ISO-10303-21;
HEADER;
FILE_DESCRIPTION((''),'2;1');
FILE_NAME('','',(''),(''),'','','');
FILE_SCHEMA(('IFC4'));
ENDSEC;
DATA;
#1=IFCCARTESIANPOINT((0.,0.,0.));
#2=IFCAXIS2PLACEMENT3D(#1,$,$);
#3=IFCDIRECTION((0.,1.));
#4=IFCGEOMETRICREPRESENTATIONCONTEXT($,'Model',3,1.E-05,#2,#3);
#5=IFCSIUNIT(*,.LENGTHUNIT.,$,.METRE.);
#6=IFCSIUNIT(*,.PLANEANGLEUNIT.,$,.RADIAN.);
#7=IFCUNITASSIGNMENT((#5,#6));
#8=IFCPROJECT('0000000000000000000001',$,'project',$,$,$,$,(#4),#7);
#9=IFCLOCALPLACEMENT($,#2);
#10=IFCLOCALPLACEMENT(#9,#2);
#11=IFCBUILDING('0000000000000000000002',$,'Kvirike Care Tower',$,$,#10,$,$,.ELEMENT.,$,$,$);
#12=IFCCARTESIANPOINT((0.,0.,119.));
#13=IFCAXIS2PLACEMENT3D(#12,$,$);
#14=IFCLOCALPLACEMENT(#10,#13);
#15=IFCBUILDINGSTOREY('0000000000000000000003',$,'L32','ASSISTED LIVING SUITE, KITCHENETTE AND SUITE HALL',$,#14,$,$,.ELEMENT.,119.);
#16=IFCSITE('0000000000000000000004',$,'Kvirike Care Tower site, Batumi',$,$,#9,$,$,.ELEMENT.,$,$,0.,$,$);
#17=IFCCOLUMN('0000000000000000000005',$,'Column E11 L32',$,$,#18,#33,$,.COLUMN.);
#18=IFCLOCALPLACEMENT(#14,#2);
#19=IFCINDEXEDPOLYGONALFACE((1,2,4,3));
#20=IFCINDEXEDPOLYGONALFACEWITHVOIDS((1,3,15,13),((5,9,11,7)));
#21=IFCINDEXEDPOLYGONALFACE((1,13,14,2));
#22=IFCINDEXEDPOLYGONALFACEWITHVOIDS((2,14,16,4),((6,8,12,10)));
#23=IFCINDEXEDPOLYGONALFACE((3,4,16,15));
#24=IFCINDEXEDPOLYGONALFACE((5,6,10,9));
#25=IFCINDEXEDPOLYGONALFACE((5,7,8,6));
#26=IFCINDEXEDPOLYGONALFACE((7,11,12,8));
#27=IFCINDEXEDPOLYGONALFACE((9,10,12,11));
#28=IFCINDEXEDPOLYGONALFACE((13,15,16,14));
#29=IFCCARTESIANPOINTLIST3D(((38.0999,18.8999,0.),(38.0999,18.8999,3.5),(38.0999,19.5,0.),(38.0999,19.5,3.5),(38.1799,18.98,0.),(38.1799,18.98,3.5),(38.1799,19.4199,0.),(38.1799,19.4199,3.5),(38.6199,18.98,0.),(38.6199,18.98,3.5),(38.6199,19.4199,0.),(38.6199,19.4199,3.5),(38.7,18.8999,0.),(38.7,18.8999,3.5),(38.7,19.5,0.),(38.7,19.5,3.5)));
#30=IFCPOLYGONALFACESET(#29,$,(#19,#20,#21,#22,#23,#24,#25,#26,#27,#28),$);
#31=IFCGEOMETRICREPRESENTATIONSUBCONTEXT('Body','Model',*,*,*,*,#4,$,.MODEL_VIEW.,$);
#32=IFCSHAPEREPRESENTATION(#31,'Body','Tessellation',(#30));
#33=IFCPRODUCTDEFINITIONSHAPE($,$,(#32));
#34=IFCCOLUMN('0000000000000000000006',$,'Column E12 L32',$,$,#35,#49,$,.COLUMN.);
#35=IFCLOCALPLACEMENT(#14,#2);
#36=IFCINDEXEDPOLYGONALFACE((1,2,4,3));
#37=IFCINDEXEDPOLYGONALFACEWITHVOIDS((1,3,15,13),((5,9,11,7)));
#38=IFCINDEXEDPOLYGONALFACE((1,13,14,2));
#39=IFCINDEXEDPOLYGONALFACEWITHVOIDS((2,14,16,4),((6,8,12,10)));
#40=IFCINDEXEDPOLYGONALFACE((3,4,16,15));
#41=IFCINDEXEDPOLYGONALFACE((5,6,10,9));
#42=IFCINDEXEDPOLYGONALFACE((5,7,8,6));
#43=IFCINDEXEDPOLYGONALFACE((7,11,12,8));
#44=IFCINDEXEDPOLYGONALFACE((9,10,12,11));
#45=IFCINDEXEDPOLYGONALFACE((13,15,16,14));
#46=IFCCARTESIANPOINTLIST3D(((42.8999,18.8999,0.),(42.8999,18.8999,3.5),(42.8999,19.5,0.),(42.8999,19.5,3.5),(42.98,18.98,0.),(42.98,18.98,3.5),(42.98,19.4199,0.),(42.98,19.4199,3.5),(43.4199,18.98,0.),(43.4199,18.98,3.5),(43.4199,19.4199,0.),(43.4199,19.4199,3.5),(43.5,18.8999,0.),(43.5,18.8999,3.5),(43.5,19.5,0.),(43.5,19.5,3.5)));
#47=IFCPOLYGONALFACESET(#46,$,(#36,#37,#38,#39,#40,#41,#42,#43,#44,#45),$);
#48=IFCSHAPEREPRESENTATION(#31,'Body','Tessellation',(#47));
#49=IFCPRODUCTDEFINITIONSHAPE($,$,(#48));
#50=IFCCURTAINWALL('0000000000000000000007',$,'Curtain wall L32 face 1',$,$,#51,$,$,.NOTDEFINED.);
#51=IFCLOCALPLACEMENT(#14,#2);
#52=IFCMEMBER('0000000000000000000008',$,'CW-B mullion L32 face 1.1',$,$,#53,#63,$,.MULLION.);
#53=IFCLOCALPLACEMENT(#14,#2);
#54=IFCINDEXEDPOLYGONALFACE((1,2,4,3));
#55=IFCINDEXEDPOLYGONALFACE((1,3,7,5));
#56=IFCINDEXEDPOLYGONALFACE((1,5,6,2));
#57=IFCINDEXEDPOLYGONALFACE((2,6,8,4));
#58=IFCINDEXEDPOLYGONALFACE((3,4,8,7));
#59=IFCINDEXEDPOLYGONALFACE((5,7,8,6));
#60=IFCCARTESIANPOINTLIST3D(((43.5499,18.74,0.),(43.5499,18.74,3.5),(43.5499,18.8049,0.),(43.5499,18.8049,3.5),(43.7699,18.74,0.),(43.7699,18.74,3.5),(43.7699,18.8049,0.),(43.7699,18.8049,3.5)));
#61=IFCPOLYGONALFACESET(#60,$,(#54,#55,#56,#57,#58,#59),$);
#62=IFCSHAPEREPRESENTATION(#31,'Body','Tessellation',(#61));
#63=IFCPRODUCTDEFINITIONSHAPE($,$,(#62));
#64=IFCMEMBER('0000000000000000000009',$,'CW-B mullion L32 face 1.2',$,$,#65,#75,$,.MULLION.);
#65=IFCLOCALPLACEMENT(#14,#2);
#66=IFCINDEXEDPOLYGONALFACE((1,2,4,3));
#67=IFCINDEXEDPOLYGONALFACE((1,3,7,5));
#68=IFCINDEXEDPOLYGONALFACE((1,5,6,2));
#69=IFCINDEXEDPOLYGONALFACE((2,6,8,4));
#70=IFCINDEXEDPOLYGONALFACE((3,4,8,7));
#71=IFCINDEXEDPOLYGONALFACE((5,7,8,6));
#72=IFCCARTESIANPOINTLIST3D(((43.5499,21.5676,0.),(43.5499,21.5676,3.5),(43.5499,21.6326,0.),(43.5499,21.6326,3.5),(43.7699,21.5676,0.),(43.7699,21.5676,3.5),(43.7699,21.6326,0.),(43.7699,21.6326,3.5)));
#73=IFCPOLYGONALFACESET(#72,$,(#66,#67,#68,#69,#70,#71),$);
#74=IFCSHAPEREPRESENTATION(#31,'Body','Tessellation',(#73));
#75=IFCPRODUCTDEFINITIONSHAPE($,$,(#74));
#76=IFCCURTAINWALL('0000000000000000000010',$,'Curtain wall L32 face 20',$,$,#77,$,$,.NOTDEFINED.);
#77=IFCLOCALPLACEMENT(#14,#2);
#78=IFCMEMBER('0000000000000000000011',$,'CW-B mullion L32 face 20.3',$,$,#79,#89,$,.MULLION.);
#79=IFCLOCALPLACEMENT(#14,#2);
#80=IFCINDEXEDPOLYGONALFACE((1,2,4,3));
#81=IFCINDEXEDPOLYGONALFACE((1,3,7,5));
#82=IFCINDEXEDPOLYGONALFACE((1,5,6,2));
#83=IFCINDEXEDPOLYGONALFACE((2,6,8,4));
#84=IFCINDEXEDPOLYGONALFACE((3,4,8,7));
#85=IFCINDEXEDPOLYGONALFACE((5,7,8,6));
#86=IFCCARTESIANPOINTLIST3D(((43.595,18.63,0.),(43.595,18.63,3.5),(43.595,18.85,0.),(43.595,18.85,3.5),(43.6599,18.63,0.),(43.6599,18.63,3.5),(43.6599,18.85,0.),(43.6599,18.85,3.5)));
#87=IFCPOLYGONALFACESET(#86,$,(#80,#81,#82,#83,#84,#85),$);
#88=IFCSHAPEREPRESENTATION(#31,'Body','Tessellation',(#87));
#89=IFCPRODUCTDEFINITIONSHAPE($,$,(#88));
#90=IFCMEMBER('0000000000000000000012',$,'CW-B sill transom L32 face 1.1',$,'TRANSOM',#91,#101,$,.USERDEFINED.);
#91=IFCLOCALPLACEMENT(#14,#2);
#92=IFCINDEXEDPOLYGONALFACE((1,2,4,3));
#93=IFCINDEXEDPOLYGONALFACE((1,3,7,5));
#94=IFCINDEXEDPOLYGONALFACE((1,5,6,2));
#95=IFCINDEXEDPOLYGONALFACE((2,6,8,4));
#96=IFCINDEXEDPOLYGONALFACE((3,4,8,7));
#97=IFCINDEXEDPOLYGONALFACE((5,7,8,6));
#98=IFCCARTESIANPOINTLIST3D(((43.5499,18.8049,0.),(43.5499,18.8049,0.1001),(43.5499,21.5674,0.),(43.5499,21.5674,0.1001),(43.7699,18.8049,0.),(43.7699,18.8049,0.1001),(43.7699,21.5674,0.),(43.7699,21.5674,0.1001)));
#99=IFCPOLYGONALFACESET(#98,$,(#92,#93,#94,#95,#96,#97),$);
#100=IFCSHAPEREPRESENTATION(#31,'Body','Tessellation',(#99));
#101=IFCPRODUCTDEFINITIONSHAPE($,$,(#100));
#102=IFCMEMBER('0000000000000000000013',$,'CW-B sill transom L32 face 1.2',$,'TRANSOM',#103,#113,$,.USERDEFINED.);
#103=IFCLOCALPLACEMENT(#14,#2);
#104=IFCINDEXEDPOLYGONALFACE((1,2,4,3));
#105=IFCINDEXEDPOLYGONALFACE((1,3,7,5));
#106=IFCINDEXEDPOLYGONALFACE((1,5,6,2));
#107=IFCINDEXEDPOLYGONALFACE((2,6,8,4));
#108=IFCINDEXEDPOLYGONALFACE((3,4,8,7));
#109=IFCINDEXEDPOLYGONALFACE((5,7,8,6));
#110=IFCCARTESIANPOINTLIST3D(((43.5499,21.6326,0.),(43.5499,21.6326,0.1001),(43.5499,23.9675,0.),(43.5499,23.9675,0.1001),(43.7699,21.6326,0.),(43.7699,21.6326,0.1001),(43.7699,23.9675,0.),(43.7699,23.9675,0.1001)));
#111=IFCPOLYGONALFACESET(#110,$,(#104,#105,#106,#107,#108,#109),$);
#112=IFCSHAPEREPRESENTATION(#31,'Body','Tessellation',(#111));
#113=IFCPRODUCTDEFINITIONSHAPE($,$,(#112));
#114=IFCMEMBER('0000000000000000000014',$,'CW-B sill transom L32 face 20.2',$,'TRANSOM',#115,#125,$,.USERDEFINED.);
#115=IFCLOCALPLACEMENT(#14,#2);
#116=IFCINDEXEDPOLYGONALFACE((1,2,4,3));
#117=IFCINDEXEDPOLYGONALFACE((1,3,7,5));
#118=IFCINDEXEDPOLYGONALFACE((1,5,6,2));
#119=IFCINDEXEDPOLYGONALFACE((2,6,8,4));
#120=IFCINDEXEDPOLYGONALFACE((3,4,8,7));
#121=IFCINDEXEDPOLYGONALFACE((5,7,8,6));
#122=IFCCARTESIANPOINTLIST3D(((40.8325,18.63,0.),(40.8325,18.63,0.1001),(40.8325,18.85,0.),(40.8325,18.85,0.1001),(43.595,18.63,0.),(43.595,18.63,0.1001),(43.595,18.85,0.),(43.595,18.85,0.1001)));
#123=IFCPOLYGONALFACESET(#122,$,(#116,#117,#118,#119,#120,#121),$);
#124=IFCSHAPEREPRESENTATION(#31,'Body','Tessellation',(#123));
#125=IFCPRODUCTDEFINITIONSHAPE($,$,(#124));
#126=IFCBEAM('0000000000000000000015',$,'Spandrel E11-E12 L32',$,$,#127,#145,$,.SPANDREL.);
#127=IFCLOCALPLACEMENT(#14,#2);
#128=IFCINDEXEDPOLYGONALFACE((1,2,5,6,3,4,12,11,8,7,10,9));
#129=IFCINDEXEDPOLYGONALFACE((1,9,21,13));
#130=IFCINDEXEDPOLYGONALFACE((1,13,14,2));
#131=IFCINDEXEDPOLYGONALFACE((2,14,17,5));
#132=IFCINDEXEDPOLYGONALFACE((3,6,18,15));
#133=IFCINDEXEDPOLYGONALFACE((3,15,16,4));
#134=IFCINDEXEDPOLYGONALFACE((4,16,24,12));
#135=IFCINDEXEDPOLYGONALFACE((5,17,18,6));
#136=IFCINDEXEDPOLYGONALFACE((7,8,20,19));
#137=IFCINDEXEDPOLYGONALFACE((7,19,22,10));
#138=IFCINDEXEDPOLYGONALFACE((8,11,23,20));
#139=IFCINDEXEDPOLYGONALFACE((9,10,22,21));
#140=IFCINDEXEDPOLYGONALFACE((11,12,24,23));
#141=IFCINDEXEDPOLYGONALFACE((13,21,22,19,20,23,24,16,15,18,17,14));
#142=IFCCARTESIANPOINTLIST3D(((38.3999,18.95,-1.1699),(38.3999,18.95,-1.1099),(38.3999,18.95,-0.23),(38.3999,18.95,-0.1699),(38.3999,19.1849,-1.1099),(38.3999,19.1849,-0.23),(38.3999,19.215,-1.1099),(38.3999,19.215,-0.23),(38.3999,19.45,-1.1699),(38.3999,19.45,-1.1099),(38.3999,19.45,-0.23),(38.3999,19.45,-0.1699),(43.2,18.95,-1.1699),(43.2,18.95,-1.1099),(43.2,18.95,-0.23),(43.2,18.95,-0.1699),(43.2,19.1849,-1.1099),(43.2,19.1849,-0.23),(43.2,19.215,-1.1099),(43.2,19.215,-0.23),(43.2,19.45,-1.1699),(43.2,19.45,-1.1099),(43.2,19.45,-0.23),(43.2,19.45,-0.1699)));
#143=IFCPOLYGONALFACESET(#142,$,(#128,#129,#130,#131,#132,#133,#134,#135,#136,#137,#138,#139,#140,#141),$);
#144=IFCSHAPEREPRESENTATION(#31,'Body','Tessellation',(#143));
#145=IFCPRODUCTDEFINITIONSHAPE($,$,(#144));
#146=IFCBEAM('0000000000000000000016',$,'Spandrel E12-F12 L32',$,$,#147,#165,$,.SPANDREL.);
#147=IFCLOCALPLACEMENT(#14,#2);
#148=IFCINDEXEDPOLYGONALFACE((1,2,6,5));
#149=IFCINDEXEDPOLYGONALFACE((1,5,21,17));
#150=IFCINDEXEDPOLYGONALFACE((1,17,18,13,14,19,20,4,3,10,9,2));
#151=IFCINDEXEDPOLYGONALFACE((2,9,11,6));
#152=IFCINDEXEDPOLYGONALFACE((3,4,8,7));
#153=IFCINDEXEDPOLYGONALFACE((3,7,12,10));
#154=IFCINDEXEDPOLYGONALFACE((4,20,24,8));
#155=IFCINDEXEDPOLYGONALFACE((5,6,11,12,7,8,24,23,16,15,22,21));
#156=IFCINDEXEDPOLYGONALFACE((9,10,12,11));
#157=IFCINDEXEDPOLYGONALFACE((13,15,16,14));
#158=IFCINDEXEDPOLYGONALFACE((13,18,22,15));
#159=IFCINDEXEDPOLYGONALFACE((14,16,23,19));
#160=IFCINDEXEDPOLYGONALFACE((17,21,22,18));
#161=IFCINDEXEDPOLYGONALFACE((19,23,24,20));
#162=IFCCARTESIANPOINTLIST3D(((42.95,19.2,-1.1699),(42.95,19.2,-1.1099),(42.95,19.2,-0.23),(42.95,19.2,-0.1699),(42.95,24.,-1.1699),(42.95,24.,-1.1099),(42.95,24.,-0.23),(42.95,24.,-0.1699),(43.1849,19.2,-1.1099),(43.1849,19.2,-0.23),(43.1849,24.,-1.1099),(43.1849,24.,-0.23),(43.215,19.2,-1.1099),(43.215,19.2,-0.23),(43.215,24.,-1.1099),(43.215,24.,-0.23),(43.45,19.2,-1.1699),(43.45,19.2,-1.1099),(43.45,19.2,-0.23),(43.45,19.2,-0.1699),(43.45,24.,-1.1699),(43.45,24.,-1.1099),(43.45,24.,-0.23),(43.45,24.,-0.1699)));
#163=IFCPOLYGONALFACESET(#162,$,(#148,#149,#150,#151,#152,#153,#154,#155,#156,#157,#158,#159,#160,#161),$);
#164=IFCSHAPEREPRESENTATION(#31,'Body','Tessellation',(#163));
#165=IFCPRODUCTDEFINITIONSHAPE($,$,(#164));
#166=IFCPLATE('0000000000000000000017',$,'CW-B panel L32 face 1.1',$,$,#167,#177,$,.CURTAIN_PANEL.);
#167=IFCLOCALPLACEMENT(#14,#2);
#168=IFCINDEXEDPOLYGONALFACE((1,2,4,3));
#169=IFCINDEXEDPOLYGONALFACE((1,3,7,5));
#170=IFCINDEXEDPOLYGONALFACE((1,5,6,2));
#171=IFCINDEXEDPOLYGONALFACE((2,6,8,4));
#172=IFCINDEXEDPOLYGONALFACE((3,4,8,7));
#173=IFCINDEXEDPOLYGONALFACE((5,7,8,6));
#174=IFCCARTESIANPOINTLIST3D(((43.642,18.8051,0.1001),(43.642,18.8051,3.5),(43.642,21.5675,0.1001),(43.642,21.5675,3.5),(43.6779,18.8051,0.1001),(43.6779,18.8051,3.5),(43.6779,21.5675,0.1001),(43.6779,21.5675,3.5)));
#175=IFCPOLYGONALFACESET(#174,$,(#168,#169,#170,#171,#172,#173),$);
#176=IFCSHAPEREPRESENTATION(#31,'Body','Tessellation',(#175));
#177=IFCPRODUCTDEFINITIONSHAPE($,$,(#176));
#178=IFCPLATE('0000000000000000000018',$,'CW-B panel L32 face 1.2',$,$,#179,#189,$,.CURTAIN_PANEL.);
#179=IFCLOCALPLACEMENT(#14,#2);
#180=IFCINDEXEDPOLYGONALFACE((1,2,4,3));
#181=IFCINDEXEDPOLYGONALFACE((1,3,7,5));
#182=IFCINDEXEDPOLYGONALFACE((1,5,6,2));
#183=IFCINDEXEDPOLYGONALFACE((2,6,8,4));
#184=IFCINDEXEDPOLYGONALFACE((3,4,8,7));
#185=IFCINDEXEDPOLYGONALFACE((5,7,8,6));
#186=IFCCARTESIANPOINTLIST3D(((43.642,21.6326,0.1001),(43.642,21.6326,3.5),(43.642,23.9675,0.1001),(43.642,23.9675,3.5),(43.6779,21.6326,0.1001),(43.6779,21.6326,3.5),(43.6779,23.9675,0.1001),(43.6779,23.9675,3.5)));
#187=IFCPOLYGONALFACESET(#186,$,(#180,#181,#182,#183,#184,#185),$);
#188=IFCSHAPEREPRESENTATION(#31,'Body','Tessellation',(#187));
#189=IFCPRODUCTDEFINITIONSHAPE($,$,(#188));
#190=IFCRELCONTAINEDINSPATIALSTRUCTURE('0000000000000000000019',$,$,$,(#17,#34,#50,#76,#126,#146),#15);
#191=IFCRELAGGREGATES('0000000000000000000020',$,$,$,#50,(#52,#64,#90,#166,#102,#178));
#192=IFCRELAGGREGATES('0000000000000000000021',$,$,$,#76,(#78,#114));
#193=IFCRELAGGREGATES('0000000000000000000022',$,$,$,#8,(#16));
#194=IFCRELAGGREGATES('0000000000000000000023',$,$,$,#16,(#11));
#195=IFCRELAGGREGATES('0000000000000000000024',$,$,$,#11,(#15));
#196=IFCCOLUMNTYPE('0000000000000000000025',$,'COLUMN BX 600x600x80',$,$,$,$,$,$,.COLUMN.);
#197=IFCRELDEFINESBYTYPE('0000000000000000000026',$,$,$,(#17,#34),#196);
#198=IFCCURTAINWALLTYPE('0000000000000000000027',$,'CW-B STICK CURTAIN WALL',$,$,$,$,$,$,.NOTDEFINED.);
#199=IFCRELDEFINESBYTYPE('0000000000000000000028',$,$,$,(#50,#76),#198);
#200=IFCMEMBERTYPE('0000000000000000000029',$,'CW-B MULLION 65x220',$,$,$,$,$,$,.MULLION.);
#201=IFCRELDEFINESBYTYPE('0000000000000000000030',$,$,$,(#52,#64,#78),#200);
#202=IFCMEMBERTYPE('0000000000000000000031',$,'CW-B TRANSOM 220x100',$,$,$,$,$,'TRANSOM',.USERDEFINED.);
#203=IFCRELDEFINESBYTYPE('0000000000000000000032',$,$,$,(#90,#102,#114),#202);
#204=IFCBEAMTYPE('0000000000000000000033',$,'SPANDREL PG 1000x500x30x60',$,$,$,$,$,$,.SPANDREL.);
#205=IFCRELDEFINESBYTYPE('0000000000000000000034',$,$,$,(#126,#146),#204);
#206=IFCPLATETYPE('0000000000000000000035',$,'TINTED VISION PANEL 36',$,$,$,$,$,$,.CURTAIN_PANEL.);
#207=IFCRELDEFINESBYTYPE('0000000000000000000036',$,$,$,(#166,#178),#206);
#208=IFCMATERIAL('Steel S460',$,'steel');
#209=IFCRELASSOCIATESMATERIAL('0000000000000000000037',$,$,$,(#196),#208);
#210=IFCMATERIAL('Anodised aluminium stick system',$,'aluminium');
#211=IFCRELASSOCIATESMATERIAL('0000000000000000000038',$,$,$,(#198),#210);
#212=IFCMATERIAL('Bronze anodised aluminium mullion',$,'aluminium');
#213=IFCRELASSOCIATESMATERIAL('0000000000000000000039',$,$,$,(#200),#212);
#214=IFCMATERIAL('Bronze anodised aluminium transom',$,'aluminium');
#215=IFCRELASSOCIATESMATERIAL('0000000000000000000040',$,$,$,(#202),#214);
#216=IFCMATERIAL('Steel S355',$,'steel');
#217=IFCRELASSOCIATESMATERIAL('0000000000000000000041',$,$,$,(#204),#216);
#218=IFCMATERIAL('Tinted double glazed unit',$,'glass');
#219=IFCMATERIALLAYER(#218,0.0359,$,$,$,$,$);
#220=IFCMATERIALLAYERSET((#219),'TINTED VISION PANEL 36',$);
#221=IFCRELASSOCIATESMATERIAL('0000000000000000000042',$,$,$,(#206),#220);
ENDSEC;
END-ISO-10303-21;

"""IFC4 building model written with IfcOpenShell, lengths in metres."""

from ifc_helpers import new_model, si_unit, direction, frame, origin, origin_2d, place, context, subcontext, project, spatial, rectangle, hollow_rectangle, i_section, extrude, material, layer, layer_set, material_profile, profile_set, type_object, element, aggregate, save


model = new_model("IFC4")

# Units and contexts
model_context = context("Model", 3, precision=1e-05, world=origin(), true_north=direction((0.0, 1.0)))
body_context = subcontext(model_context, "Body", "Model", "MODEL_VIEW")
ifc_project = project(units=[si_unit("LENGTHUNIT", "METRE"), si_unit("PLANEANGLEUNIT", "RADIAN")], contexts=[model_context])

# Site, building, storey
site_placement = place(None, origin())
site = spatial("IfcSite", under=ifc_project, at=site_placement, Name="Kvirike Care Tower site, Batumi", CompositionType="ELEMENT", RefElevation=0.0)
building_placement = place(site_placement, origin())
building = spatial("IfcBuilding", under=site, at=building_placement, Name="Kvirike Care Tower", CompositionType="ELEMENT")
storey_placement = place(building_placement, frame((0.0, 0.0, 119.0)))
storey = spatial("IfcBuildingStorey", under=building, at=storey_placement, Name="L32", Description="ASSISTED LIVING SUITE, KITCHENETTE AND SUITE HALL", CompositionType="ELEMENT", Elevation=119.0)

# Columns
ifc_material_1 = material(Name="Steel S460", Category="steel")
ifc_material_profile_1 = material_profile(ifc_material_1, hollow_rectangle(XDim=0.6001, YDim=0.6001, WallThickness=0.0801, at=origin_2d()), Name="BX 600x600x80")
ifc_profile_set_1 = profile_set([ifc_material_profile_1], Name="Steel S460")
column_type = type_object("IfcColumnType", Name="COLUMN BX 600x600x80", PredefinedType="COLUMN", material=ifc_profile_set_1)
for number, where, z_axis, x_axis, name in (
    (1, (38.3999, 19.2, 0.0), (0.0, 0.0, 1.0), (0.0, 1.0, 0.0), "Column E11 L32"),
    (2, (43.2, 19.2, 0.0), (0.0, 0.0, 1.0), (0.0, 1.0, 0.0), "Column E12 L32"),
):
    element("IfcColumn", number, at=place(storey_placement, frame(where, z_axis=z_axis, x_axis=x_axis)), inside=storey, type_object=column_type, Name=name, PredefinedType="COLUMN", context=body_context, shape_type="SweptSolid", body=[
        extrude(hollow_rectangle(XDim=0.6001, YDim=0.6001, WallThickness=0.0801, at=origin_2d()), origin(), (0.0, 0.0, 1.0), 3.5),
    ])

# Curtain wall, members
ifc_material_2 = material(Name="Anodised aluminium stick system", Category="aluminium")
curtain_wall_type = type_object("IfcCurtainWallType", Name="CW-B STICK CURTAIN WALL", PredefinedType="NOTDEFINED", material=ifc_material_2)
curtain_wall_1_placement = place(storey_placement, origin())
curtain_wall_1 = element("IfcCurtainWall", 3, at=curtain_wall_1_placement, inside=storey, type_object=curtain_wall_type, Name="Curtain wall L32 face 1", PredefinedType="NOTDEFINED")
ifc_material_3 = material(Name="Bronze anodised aluminium mullion", Category="aluminium")
ifc_material_profile_2 = material_profile(ifc_material_3, rectangle(XDim=0.0649, YDim=0.22, at=origin_2d()), Name="CW-B MULLION 65x220")
ifc_profile_set_2 = profile_set([ifc_material_profile_2], Name="Bronze anodised aluminium mullion")
member_type_1 = type_object("IfcMemberType", Name="CW-B MULLION 65x220", PredefinedType="MULLION", material=ifc_profile_set_2)
member_1_placement = place(storey_placement, frame((43.6599, 18.7725, 0.0), z_axis=(0.0, 0.0, 1.0), x_axis=(0.0, 1.0, 0.0)))
member_1 = element("IfcMember", 4, at=member_1_placement, type_object=member_type_1, Name="CW-B mullion L32 face 1.1", PredefinedType="MULLION", context=body_context, shape_type="SweptSolid", body=[
    extrude(rectangle(XDim=0.0649, YDim=0.22, at=origin_2d()), origin(), (0.0, 0.0, 1.0), 3.5),
])
member_2_placement = place(storey_placement, frame((43.6599, 21.6001, 0.0), z_axis=(0.0, 0.0, 1.0), x_axis=(0.0, 1.0, 0.0)))
member_2 = element("IfcMember", 5, at=member_2_placement, type_object=member_type_1, Name="CW-B mullion L32 face 1.2", PredefinedType="MULLION", context=body_context, shape_type="SweptSolid", body=[
    extrude(rectangle(XDim=0.0649, YDim=0.22, at=origin_2d()), origin(), (0.0, 0.0, 1.0), 3.5),
])

# Curtain wall, member
curtain_wall_2_placement = place(storey_placement, origin())
curtain_wall_2 = element("IfcCurtainWall", 6, at=curtain_wall_2_placement, inside=storey, type_object=curtain_wall_type, Name="Curtain wall L32 face 20", PredefinedType="NOTDEFINED")
member_3_placement = place(storey_placement, frame((43.6274, 18.74, 0.0), z_axis=(0.0, 0.0, 1.0), x_axis=(1.0, 0.0, 0.0)))
member_3 = element("IfcMember", 7, at=member_3_placement, type_object=member_type_1, Name="CW-B mullion L32 face 20.3", PredefinedType="MULLION", context=body_context, shape_type="SweptSolid", body=[
    extrude(rectangle(XDim=0.0649, YDim=0.22, at=origin_2d()), origin(), (0.0, 0.0, 1.0), 3.5),
])

# Members
ifc_material_4 = material(Name="Bronze anodised aluminium transom", Category="aluminium")
ifc_material_profile_3 = material_profile(ifc_material_4, rectangle(XDim=0.22, YDim=0.1001, at=origin_2d()), Name="CW-B TRANSOM 220x100")
ifc_profile_set_3 = profile_set([ifc_material_profile_3], Name="Bronze anodised aluminium transom")
member_type_2 = type_object("IfcMemberType", Name="CW-B TRANSOM 220x100", ElementType="TRANSOM", PredefinedType="USERDEFINED", material=ifc_profile_set_3)
member_4_placement = place(storey_placement, frame((43.6599, 18.8049, 0.05), z_axis=(0.0, 1.0, 0.0), x_axis=(-1.0, 0.0, 0.0)))
member_4 = element("IfcMember", 8, at=member_4_placement, type_object=member_type_2, Name="CW-B sill transom L32 face 1.1", ObjectType="TRANSOM", PredefinedType="USERDEFINED", context=body_context, shape_type="SweptSolid", body=[
    extrude(rectangle(XDim=0.22, YDim=0.1001, at=origin_2d()), origin(), (0.0, 0.0, 1.0), 2.7625),
])
member_5_placement = place(storey_placement, frame((43.6599, 21.6326, 0.05), z_axis=(0.0, 1.0, 0.0), x_axis=(-1.0, 0.0, 0.0)))
member_5 = element("IfcMember", 9, at=member_5_placement, type_object=member_type_2, Name="CW-B sill transom L32 face 1.2", ObjectType="TRANSOM", PredefinedType="USERDEFINED", context=body_context, shape_type="SweptSolid", body=[
    extrude(rectangle(XDim=0.22, YDim=0.1001, at=origin_2d()), origin(), (0.0, 0.0, 1.0), 2.335),
])
member_6_placement = place(storey_placement, frame((40.8325, 18.74, 0.05), z_axis=(1.0, 0.0, 0.0), x_axis=(0.0, 1.0, 0.0)))
member_6 = element("IfcMember", 10, at=member_6_placement, type_object=member_type_2, Name="CW-B sill transom L32 face 20.2", ObjectType="TRANSOM", PredefinedType="USERDEFINED", context=body_context, shape_type="SweptSolid", body=[
    extrude(rectangle(XDim=0.22, YDim=0.1001, at=origin_2d()), origin(), (0.0, 0.0, 1.0), 2.7625),
])

# Beams
ifc_material_5 = material(Name="Steel S355", Category="steel")
ifc_material_profile_4 = material_profile(ifc_material_5, i_section(OverallWidth=0.5, OverallDepth=1.0, WebThickness=0.03, FlangeThickness=0.0601, at=origin_2d()), Name="PG 1000x500x30x60")
ifc_profile_set_4 = profile_set([ifc_material_profile_4], Name="Steel S355")
beam_type = type_object("IfcBeamType", Name="SPANDREL PG 1000x500x30x60", PredefinedType="SPANDREL", material=ifc_profile_set_4)
for number, where, z_axis, x_axis, name in (
    (11, (38.3999, 19.2, -0.6699), (1.0, 0.0, 0.0), (0.0, 1.0, 0.0), "Spandrel E11-E12 L32"),
    (12, (43.2, 19.2, -0.6699), (0.0, 1.0, 0.0), (-1.0, 0.0, 0.0), "Spandrel E12-F12 L32"),
):
    element("IfcBeam", number, at=place(storey_placement, frame(where, z_axis=z_axis, x_axis=x_axis)), inside=storey, type_object=beam_type, Name=name, PredefinedType="SPANDREL", context=body_context, shape_type="SweptSolid", body=[
        extrude(i_section(OverallWidth=0.5, OverallDepth=1.0, WebThickness=0.03, FlangeThickness=0.0601, at=origin_2d()), origin(), (0.0, 0.0, 1.0), 4.8),
    ])

# Plates
ifc_material_6 = material(Name="Tinted double glazed unit", Category="glass")
ifc_layer_1 = layer(ifc_material_6, 0.0359)
ifc_layer_set_1 = layer_set([ifc_layer_1], Name="TINTED VISION PANEL 36")
plate_type = type_object("IfcPlateType", Name="TINTED VISION PANEL 36", PredefinedType="CURTAIN_PANEL", material=ifc_layer_set_1)
plate_1_placement = place(storey_placement, frame((43.6599, 20.1863, 0.1001), z_axis=(0.0, 0.0, 1.0), x_axis=(0.0, 1.0, 0.0)))
plate_1 = element("IfcPlate", 13, at=plate_1_placement, type_object=plate_type, Name="CW-B panel L32 face 1.1", PredefinedType="CURTAIN_PANEL", context=body_context, shape_type="SweptSolid", body=[
    extrude(rectangle(XDim=2.7625, YDim=0.0359, at=origin_2d()), origin(), (0.0, 0.0, 1.0), 3.3999),
])
plate_2_placement = place(storey_placement, frame((43.6599, 22.8, 0.1001), z_axis=(0.0, 0.0, 1.0), x_axis=(0.0, 1.0, 0.0)))
plate_2 = element("IfcPlate", 14, at=plate_2_placement, type_object=plate_type, Name="CW-B panel L32 face 1.2", PredefinedType="CURTAIN_PANEL", context=body_context, shape_type="SweptSolid", body=[
    extrude(rectangle(XDim=2.335, YDim=0.0359, at=origin_2d()), origin(), (0.0, 0.0, 1.0), 3.3999),
])
aggregate(curtain_wall_1, [member_1, member_2, member_4, plate_1, member_5, plate_2])
aggregate(curtain_wall_2, [member_3, member_6])

save(model, "model.ifc")
